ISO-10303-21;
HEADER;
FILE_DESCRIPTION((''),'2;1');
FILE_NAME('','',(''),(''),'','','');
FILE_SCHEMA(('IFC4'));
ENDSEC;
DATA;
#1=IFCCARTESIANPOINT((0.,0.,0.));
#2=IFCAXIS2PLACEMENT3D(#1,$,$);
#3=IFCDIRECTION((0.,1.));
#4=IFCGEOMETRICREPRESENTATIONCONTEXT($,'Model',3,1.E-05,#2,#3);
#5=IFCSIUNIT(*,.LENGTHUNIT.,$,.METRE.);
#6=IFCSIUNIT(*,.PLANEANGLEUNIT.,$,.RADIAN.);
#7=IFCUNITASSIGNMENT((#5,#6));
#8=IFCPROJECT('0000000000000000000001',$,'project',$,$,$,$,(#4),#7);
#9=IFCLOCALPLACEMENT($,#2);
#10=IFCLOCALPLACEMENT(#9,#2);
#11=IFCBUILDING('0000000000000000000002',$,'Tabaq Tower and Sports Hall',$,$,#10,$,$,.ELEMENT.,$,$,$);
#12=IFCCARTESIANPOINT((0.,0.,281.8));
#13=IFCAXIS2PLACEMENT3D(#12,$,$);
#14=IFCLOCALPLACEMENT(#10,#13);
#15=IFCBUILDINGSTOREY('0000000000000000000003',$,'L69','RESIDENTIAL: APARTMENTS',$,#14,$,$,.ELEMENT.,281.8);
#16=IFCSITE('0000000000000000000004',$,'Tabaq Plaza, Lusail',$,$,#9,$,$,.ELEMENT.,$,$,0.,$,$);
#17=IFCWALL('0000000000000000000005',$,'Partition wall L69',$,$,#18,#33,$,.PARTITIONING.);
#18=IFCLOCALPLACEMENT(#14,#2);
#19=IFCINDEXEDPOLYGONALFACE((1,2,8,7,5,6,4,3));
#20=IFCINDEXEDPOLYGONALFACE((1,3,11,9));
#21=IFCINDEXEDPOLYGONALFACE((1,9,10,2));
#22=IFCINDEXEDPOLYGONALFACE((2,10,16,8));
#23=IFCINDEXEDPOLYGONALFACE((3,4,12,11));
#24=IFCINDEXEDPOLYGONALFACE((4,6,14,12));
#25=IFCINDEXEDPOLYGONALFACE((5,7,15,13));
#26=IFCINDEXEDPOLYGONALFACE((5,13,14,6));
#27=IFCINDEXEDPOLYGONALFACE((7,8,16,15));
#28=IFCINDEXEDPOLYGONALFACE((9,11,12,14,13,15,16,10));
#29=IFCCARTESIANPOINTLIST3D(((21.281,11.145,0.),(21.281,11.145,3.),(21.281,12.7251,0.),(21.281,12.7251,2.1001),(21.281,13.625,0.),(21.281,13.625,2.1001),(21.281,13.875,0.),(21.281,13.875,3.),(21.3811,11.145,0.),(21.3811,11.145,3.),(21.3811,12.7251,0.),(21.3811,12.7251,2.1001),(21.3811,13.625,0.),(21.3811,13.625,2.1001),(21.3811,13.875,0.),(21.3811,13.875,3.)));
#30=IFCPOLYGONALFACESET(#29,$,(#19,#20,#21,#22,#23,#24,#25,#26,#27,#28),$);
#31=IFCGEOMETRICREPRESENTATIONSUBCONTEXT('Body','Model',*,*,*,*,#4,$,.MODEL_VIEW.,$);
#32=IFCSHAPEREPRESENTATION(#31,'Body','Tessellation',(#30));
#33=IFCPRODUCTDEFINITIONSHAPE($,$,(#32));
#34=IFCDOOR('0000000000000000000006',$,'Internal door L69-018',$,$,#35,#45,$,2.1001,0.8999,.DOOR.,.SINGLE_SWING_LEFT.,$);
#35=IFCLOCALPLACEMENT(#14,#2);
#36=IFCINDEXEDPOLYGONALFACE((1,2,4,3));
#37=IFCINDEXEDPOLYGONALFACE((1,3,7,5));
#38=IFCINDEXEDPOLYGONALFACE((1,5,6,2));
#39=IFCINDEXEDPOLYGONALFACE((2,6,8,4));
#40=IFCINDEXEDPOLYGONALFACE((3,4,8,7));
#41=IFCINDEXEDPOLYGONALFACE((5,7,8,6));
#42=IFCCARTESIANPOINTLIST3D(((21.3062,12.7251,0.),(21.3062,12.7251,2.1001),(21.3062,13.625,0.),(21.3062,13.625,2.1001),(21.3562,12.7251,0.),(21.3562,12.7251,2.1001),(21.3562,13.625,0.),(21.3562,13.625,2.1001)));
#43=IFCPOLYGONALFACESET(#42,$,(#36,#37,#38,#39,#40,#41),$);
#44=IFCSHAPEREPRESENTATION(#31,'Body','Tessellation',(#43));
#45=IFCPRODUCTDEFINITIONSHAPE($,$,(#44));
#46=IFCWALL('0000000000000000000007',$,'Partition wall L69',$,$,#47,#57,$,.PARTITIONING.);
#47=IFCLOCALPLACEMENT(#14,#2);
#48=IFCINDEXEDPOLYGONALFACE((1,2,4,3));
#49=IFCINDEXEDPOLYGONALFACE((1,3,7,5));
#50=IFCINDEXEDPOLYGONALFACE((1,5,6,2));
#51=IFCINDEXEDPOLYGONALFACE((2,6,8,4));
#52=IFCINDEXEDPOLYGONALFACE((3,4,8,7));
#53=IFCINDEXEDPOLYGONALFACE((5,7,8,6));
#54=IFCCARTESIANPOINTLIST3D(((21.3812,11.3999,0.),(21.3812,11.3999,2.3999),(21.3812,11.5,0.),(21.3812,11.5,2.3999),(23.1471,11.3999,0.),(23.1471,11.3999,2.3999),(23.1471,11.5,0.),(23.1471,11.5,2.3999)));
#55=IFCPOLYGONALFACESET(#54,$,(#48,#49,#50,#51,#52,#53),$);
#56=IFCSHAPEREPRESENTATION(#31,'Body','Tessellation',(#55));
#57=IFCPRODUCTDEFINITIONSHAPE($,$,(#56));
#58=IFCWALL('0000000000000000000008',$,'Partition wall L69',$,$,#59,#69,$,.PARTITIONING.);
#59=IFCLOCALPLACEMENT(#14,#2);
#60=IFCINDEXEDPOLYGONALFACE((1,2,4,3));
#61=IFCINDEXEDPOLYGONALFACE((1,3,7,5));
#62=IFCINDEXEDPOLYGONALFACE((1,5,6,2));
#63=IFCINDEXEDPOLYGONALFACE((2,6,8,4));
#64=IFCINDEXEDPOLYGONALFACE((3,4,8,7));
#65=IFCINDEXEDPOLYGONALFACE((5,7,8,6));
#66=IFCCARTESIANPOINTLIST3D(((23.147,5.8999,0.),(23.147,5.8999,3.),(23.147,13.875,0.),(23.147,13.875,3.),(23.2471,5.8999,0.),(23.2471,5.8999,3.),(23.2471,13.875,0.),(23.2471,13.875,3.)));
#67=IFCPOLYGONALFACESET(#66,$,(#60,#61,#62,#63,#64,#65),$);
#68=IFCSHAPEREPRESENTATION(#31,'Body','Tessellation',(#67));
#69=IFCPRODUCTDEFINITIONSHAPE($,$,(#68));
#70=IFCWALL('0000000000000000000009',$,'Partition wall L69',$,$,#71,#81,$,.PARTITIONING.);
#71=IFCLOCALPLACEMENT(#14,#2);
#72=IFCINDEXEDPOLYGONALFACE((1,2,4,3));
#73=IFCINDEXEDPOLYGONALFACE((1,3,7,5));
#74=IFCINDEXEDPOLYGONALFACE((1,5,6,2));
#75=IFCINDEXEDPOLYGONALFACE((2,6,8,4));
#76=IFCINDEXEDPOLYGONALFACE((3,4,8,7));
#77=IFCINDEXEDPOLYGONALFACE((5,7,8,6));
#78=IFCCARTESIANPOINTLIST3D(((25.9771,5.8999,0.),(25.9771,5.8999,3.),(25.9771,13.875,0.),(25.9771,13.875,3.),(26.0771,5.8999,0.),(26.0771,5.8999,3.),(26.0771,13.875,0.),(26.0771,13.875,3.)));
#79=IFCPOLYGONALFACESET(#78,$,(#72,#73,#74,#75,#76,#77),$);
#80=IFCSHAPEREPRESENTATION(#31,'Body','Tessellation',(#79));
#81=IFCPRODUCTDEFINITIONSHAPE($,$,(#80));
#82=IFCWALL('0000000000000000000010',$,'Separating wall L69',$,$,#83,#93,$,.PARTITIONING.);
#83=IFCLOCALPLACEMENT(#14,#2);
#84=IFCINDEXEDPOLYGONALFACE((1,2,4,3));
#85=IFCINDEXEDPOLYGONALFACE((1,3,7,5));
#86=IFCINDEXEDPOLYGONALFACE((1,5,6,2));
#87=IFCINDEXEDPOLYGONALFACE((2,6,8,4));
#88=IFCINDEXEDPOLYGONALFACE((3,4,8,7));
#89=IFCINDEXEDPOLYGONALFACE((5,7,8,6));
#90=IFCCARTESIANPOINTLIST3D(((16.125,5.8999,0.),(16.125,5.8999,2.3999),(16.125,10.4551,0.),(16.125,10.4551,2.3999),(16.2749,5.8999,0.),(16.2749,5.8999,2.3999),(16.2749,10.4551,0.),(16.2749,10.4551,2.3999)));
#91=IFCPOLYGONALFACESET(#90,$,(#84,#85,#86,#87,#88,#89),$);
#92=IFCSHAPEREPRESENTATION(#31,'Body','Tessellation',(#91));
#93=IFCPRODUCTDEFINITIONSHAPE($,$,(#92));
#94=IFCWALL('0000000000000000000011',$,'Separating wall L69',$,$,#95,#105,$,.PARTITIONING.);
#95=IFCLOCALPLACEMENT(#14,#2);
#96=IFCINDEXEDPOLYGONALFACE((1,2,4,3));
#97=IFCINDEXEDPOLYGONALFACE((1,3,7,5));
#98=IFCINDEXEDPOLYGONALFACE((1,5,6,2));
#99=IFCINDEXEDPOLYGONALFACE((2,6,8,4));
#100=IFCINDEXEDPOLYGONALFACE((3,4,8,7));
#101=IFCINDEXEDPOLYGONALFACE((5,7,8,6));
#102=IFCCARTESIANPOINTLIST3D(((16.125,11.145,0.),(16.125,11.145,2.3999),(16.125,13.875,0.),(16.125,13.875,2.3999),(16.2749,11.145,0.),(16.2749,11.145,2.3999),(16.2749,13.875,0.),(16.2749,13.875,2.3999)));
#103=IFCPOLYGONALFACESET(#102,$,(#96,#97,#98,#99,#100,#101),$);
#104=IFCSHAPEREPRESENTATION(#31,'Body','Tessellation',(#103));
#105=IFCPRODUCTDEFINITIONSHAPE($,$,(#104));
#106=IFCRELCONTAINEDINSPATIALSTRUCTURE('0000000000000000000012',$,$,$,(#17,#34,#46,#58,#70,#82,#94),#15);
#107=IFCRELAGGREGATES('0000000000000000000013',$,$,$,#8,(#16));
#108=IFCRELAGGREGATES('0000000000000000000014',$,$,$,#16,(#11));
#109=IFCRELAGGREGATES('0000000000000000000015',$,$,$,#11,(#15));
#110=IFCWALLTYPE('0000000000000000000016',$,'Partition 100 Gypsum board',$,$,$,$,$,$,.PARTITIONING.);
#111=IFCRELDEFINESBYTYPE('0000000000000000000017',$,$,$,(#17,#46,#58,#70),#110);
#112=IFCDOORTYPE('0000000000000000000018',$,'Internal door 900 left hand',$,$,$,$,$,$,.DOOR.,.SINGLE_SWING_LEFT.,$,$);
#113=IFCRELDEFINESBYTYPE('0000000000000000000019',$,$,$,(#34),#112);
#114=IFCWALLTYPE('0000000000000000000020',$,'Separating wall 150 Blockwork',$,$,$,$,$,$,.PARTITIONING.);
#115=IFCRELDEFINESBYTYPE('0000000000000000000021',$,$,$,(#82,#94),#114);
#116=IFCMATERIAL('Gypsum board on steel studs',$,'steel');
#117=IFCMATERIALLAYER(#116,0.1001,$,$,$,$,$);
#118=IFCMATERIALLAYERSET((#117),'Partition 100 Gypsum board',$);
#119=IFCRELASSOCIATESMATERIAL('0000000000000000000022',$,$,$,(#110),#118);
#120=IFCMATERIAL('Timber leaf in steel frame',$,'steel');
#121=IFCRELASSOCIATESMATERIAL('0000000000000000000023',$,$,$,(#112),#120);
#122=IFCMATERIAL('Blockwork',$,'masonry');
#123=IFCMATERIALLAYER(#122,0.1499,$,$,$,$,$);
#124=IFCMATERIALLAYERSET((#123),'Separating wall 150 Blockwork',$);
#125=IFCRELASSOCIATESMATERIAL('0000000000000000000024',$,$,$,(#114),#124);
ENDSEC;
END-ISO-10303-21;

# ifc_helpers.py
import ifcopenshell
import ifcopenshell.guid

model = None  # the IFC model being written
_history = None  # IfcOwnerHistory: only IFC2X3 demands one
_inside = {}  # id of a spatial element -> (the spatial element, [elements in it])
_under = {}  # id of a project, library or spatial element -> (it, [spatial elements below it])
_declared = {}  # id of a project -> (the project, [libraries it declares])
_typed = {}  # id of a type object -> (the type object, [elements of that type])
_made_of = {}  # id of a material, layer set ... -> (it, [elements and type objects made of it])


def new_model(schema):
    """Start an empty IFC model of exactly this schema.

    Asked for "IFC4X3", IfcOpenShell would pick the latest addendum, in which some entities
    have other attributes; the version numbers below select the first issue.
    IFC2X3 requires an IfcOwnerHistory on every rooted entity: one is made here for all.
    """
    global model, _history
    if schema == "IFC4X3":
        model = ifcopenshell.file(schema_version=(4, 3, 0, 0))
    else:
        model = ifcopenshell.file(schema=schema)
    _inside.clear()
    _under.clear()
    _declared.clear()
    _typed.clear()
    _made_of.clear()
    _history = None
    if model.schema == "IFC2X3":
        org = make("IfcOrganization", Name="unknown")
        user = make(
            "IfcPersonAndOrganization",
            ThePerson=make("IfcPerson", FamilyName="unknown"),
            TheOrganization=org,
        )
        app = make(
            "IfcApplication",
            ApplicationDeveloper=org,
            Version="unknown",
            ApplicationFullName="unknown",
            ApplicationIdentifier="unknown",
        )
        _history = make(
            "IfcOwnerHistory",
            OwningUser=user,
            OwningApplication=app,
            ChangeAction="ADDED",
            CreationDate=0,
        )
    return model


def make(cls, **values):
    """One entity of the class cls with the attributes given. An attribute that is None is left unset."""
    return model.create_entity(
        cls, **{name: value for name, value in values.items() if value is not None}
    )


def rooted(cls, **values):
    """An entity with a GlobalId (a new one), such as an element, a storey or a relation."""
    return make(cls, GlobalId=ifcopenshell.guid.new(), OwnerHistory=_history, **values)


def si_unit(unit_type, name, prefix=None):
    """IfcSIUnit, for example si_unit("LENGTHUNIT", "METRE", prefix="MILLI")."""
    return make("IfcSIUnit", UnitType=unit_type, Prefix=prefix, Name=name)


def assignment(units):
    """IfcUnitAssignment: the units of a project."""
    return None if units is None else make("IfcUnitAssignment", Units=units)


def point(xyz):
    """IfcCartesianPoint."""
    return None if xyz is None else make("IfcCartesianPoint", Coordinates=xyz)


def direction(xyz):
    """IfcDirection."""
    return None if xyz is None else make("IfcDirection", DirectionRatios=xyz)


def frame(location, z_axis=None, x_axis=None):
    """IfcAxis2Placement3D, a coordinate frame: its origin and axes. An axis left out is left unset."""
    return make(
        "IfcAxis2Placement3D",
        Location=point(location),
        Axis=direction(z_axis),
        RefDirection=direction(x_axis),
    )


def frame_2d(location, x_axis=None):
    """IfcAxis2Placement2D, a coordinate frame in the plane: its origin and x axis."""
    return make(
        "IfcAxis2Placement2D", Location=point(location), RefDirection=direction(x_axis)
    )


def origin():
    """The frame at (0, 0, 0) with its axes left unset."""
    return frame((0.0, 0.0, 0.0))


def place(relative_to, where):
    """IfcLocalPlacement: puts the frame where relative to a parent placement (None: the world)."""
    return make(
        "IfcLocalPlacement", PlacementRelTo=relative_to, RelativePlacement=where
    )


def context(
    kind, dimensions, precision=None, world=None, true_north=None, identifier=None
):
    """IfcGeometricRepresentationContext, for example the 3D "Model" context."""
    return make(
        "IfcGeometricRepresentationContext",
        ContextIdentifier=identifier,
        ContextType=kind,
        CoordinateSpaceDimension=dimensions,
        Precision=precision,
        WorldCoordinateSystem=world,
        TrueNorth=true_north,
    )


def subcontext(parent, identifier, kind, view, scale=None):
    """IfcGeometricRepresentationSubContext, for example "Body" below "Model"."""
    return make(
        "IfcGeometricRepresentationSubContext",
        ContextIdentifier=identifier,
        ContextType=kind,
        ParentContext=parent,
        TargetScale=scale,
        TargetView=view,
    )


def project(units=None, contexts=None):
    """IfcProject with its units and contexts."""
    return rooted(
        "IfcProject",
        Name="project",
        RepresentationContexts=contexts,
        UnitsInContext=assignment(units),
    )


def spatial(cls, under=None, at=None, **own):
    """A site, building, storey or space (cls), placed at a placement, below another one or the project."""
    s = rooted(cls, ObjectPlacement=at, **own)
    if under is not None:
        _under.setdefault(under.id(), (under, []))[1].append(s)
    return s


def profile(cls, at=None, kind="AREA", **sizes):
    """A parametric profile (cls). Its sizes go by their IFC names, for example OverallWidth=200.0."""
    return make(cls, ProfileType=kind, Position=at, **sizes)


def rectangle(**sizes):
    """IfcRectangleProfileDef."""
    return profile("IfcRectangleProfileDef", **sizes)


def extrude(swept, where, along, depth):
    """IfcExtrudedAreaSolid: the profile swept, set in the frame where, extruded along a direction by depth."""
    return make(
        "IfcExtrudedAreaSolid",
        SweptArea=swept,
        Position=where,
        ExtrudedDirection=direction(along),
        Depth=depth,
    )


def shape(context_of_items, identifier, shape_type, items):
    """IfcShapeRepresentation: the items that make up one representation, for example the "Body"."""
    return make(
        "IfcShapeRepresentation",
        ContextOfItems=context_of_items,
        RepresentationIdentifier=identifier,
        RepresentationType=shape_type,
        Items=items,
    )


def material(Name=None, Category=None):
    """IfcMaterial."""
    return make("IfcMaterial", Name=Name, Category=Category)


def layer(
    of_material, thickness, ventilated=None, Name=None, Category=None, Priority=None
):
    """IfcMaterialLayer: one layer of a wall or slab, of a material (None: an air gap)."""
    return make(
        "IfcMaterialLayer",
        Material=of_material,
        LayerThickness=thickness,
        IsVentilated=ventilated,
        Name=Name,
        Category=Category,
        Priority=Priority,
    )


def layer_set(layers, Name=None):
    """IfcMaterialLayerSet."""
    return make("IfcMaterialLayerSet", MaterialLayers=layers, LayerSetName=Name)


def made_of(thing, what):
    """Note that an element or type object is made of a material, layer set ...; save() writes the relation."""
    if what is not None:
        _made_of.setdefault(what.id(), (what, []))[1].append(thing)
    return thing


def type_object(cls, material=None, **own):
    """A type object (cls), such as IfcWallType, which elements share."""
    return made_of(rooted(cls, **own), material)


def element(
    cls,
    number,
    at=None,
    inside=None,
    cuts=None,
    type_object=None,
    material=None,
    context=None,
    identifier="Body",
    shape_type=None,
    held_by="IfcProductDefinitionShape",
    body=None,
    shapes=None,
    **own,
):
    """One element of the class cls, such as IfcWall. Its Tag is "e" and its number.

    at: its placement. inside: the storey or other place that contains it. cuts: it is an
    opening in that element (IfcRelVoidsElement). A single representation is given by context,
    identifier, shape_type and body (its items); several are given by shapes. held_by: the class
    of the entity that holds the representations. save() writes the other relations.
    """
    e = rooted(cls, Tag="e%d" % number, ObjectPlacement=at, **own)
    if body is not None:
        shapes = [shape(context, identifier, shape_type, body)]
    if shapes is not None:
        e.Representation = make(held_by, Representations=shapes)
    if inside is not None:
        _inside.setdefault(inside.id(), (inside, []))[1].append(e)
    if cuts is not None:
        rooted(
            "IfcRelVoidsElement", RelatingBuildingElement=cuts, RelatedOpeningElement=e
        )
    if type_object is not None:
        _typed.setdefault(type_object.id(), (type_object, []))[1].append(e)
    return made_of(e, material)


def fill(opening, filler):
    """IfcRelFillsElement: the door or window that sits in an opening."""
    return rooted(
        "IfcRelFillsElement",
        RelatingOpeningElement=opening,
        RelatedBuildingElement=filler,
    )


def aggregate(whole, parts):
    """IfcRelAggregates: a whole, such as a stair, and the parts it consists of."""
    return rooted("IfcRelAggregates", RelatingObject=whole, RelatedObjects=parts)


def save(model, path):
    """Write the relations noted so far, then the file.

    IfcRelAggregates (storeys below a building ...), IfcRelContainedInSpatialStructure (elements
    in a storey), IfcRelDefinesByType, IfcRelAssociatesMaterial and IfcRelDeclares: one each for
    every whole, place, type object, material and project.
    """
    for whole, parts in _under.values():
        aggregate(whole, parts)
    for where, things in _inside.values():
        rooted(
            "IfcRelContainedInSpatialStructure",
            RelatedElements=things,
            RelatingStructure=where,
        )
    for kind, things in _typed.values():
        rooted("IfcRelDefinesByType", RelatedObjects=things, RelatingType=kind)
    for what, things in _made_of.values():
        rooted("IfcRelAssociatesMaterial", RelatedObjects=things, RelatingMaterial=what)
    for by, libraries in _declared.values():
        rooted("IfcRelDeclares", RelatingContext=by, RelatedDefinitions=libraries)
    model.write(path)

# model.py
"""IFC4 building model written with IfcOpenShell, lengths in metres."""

from ifc_helpers import new_model, si_unit, direction, frame, frame_2d, origin, place, context, subcontext, project, spatial, rectangle, extrude, material, layer, layer_set, type_object, element, fill, save


model = new_model("IFC4")

# Units and contexts
model_context = context("Model", 3, precision=1e-05, world=origin(), true_north=direction((0.0, 1.0)))
body_context = subcontext(model_context, "Body", "Model", "MODEL_VIEW")
ifc_project = project(units=[si_unit("LENGTHUNIT", "METRE"), si_unit("PLANEANGLEUNIT", "RADIAN")], contexts=[model_context])

# Site, building, storey
site_placement = place(None, origin())
site = spatial("IfcSite", under=ifc_project, at=site_placement, Name="Tabaq Plaza, Lusail", CompositionType="ELEMENT", RefElevation=0.0)
building_placement = place(site_placement, origin())
building = spatial("IfcBuilding", under=site, at=building_placement, Name="Tabaq Tower and Sports Hall", CompositionType="ELEMENT")
storey_placement = place(building_placement, frame((0.0, 0.0, 281.8)))
storey = spatial("IfcBuildingStorey", under=building, at=storey_placement, Name="L69", Description="RESIDENTIAL: APARTMENTS", CompositionType="ELEMENT", Elevation=281.8)

# Shared definitions
ifc_material_1 = material(Name="Gypsum board on steel studs", Category="steel")
ifc_layer_1 = layer(ifc_material_1, 0.1001)
ifc_layer_set_1 = layer_set([ifc_layer_1], Name="Partition 100 Gypsum board")
wall_type_1 = type_object("IfcWallType", Name="Partition 100 Gypsum board", PredefinedType="PARTITIONING", material=ifc_layer_set_1)

# Shared definitions
ifc_material_2 = material(Name="Timber leaf in steel frame", Category="steel")
door_type_1 = type_object("IfcDoorType", Name="Internal door 900 left hand", OperationType="SINGLE_SWING_LEFT", PredefinedType="DOOR", material=ifc_material_2)

# Wall, opening, door
wall_1_placement = place(storey_placement, frame((21.3311, 11.145, 0.0), z_axis=(0.0, 0.0, 1.0), x_axis=(0.0, 1.0, 0.0)))
wall_1 = element("IfcWall", 1, at=wall_1_placement, inside=storey, type_object=wall_type_1, Name="Partition wall L69", PredefinedType="PARTITIONING", context=body_context, shape_type="SweptSolid", body=[
    extrude(rectangle(XDim=2.73, YDim=0.1001, at=frame_2d((1.365, 0.0))), origin(), (0.0, 0.0, 1.0), 3.0),
])
opening_1_placement = place(wall_1_placement, frame((1.5801, 0.0, 0.0)))
opening_1 = element("IfcOpeningElement", 2, at=opening_1_placement, cuts=wall_1, PredefinedType="OPENING", context=body_context, shape_type="SweptSolid", body=[
    extrude(rectangle(XDim=0.8999, YDim=2.1001, at=frame_2d((0.45, 1.05))), frame((0.0, 0.05, 0.0), z_axis=(0.0, -1.0, 0.0), x_axis=(1.0, 0.0, 0.0)), (0.0, 0.0, 1.0), 0.1001),
])
door_1_placement = place(opening_1_placement, origin())
door_1 = element("IfcDoor", 3, at=door_1_placement, inside=storey, type_object=door_type_1, Name="Internal door L69-018", OperationType="SINGLE_SWING_LEFT", OverallHeight=2.1001, OverallWidth=0.8999, PredefinedType="DOOR", context=body_context, shape_type="SweptSolid", body=[
    extrude(rectangle(XDim=0.8999, YDim=2.1001, at=frame_2d((0.45, 1.05))), frame((0.0, 0.0249, 0.0), z_axis=(0.0, -1.0, 0.0), x_axis=(1.0, 0.0, 0.0)), (0.0, 0.0, 1.0), 0.05),
])
fill(opening_1, door_1)

# Walls
wall_2_placement = place(storey_placement, frame((23.147, 11.45, 0.0), z_axis=(0.0, 0.0, 1.0), x_axis=(-1.0, 0.0, 0.0)))
element("IfcWall", 4, at=wall_2_placement, inside=storey, type_object=wall_type_1, Name="Partition wall L69", PredefinedType="PARTITIONING", context=body_context, shape_type="SweptSolid", body=[
    extrude(rectangle(XDim=1.7659, YDim=0.1001, at=frame_2d((0.8828, 0.0))), origin(), (0.0, 0.0, 1.0), 2.3999),
])
for number, where, z_axis, x_axis, name in (
    (5, (23.197, 5.8999, 0.0), (0.0, 0.0, 1.0), (0.0, 1.0, 0.0), "Partition wall L69"),
    (6, (26.0271, 5.8999, 0.0), (0.0, 0.0, 1.0), (0.0, 1.0, 0.0), "Partition wall L69"),
):
    element("IfcWall", number, at=place(storey_placement, frame(where, z_axis=z_axis, x_axis=x_axis)), inside=storey, type_object=wall_type_1, Name=name, PredefinedType="PARTITIONING", context=body_context, shape_type="SweptSolid", body=[
        extrude(rectangle(XDim=7.9751, YDim=0.1001, at=frame_2d((3.9875, 0.0))), origin(), (0.0, 0.0, 1.0), 3.0),
    ])
ifc_material_3 = material(Name="Blockwork", Category="masonry")
ifc_layer_2 = layer(ifc_material_3, 0.1499)
ifc_layer_set_2 = layer_set([ifc_layer_2], Name="Separating wall 150 Blockwork")
wall_type_2 = type_object("IfcWallType", Name="Separating wall 150 Blockwork", PredefinedType="PARTITIONING", material=ifc_layer_set_2)
wall_3_placement = place(storey_placement, frame((16.2, 5.8999, 0.0), z_axis=(0.0, 0.0, 1.0), x_axis=(0.0, 1.0, 0.0)))
element("IfcWall", 7, at=wall_3_placement, inside=storey, type_object=wall_type_2, Name="Separating wall L69", PredefinedType="PARTITIONING", context=body_context, shape_type="SweptSolid", body=[
    extrude(rectangle(XDim=4.5552, YDim=0.1499, at=frame_2d((2.2776, 0.0))), origin(), (0.0, 0.0, 1.0), 2.3999),
])
wall_4_placement = place(storey_placement, frame((16.2, 11.145, 0.0), z_axis=(0.0, 0.0, 1.0), x_axis=(0.0, 1.0, 0.0)))
element("IfcWall", 8, at=wall_4_placement, inside=storey, type_object=wall_type_2, Name="Separating wall L69", PredefinedType="PARTITIONING", context=body_context, shape_type="SweptSolid", body=[
    extrude(rectangle(XDim=2.73, YDim=0.1499, at=frame_2d((1.365, 0.0))), origin(), (0.0, 0.0, 1.0), 2.3999),
])

save(model, "model.ifc")
